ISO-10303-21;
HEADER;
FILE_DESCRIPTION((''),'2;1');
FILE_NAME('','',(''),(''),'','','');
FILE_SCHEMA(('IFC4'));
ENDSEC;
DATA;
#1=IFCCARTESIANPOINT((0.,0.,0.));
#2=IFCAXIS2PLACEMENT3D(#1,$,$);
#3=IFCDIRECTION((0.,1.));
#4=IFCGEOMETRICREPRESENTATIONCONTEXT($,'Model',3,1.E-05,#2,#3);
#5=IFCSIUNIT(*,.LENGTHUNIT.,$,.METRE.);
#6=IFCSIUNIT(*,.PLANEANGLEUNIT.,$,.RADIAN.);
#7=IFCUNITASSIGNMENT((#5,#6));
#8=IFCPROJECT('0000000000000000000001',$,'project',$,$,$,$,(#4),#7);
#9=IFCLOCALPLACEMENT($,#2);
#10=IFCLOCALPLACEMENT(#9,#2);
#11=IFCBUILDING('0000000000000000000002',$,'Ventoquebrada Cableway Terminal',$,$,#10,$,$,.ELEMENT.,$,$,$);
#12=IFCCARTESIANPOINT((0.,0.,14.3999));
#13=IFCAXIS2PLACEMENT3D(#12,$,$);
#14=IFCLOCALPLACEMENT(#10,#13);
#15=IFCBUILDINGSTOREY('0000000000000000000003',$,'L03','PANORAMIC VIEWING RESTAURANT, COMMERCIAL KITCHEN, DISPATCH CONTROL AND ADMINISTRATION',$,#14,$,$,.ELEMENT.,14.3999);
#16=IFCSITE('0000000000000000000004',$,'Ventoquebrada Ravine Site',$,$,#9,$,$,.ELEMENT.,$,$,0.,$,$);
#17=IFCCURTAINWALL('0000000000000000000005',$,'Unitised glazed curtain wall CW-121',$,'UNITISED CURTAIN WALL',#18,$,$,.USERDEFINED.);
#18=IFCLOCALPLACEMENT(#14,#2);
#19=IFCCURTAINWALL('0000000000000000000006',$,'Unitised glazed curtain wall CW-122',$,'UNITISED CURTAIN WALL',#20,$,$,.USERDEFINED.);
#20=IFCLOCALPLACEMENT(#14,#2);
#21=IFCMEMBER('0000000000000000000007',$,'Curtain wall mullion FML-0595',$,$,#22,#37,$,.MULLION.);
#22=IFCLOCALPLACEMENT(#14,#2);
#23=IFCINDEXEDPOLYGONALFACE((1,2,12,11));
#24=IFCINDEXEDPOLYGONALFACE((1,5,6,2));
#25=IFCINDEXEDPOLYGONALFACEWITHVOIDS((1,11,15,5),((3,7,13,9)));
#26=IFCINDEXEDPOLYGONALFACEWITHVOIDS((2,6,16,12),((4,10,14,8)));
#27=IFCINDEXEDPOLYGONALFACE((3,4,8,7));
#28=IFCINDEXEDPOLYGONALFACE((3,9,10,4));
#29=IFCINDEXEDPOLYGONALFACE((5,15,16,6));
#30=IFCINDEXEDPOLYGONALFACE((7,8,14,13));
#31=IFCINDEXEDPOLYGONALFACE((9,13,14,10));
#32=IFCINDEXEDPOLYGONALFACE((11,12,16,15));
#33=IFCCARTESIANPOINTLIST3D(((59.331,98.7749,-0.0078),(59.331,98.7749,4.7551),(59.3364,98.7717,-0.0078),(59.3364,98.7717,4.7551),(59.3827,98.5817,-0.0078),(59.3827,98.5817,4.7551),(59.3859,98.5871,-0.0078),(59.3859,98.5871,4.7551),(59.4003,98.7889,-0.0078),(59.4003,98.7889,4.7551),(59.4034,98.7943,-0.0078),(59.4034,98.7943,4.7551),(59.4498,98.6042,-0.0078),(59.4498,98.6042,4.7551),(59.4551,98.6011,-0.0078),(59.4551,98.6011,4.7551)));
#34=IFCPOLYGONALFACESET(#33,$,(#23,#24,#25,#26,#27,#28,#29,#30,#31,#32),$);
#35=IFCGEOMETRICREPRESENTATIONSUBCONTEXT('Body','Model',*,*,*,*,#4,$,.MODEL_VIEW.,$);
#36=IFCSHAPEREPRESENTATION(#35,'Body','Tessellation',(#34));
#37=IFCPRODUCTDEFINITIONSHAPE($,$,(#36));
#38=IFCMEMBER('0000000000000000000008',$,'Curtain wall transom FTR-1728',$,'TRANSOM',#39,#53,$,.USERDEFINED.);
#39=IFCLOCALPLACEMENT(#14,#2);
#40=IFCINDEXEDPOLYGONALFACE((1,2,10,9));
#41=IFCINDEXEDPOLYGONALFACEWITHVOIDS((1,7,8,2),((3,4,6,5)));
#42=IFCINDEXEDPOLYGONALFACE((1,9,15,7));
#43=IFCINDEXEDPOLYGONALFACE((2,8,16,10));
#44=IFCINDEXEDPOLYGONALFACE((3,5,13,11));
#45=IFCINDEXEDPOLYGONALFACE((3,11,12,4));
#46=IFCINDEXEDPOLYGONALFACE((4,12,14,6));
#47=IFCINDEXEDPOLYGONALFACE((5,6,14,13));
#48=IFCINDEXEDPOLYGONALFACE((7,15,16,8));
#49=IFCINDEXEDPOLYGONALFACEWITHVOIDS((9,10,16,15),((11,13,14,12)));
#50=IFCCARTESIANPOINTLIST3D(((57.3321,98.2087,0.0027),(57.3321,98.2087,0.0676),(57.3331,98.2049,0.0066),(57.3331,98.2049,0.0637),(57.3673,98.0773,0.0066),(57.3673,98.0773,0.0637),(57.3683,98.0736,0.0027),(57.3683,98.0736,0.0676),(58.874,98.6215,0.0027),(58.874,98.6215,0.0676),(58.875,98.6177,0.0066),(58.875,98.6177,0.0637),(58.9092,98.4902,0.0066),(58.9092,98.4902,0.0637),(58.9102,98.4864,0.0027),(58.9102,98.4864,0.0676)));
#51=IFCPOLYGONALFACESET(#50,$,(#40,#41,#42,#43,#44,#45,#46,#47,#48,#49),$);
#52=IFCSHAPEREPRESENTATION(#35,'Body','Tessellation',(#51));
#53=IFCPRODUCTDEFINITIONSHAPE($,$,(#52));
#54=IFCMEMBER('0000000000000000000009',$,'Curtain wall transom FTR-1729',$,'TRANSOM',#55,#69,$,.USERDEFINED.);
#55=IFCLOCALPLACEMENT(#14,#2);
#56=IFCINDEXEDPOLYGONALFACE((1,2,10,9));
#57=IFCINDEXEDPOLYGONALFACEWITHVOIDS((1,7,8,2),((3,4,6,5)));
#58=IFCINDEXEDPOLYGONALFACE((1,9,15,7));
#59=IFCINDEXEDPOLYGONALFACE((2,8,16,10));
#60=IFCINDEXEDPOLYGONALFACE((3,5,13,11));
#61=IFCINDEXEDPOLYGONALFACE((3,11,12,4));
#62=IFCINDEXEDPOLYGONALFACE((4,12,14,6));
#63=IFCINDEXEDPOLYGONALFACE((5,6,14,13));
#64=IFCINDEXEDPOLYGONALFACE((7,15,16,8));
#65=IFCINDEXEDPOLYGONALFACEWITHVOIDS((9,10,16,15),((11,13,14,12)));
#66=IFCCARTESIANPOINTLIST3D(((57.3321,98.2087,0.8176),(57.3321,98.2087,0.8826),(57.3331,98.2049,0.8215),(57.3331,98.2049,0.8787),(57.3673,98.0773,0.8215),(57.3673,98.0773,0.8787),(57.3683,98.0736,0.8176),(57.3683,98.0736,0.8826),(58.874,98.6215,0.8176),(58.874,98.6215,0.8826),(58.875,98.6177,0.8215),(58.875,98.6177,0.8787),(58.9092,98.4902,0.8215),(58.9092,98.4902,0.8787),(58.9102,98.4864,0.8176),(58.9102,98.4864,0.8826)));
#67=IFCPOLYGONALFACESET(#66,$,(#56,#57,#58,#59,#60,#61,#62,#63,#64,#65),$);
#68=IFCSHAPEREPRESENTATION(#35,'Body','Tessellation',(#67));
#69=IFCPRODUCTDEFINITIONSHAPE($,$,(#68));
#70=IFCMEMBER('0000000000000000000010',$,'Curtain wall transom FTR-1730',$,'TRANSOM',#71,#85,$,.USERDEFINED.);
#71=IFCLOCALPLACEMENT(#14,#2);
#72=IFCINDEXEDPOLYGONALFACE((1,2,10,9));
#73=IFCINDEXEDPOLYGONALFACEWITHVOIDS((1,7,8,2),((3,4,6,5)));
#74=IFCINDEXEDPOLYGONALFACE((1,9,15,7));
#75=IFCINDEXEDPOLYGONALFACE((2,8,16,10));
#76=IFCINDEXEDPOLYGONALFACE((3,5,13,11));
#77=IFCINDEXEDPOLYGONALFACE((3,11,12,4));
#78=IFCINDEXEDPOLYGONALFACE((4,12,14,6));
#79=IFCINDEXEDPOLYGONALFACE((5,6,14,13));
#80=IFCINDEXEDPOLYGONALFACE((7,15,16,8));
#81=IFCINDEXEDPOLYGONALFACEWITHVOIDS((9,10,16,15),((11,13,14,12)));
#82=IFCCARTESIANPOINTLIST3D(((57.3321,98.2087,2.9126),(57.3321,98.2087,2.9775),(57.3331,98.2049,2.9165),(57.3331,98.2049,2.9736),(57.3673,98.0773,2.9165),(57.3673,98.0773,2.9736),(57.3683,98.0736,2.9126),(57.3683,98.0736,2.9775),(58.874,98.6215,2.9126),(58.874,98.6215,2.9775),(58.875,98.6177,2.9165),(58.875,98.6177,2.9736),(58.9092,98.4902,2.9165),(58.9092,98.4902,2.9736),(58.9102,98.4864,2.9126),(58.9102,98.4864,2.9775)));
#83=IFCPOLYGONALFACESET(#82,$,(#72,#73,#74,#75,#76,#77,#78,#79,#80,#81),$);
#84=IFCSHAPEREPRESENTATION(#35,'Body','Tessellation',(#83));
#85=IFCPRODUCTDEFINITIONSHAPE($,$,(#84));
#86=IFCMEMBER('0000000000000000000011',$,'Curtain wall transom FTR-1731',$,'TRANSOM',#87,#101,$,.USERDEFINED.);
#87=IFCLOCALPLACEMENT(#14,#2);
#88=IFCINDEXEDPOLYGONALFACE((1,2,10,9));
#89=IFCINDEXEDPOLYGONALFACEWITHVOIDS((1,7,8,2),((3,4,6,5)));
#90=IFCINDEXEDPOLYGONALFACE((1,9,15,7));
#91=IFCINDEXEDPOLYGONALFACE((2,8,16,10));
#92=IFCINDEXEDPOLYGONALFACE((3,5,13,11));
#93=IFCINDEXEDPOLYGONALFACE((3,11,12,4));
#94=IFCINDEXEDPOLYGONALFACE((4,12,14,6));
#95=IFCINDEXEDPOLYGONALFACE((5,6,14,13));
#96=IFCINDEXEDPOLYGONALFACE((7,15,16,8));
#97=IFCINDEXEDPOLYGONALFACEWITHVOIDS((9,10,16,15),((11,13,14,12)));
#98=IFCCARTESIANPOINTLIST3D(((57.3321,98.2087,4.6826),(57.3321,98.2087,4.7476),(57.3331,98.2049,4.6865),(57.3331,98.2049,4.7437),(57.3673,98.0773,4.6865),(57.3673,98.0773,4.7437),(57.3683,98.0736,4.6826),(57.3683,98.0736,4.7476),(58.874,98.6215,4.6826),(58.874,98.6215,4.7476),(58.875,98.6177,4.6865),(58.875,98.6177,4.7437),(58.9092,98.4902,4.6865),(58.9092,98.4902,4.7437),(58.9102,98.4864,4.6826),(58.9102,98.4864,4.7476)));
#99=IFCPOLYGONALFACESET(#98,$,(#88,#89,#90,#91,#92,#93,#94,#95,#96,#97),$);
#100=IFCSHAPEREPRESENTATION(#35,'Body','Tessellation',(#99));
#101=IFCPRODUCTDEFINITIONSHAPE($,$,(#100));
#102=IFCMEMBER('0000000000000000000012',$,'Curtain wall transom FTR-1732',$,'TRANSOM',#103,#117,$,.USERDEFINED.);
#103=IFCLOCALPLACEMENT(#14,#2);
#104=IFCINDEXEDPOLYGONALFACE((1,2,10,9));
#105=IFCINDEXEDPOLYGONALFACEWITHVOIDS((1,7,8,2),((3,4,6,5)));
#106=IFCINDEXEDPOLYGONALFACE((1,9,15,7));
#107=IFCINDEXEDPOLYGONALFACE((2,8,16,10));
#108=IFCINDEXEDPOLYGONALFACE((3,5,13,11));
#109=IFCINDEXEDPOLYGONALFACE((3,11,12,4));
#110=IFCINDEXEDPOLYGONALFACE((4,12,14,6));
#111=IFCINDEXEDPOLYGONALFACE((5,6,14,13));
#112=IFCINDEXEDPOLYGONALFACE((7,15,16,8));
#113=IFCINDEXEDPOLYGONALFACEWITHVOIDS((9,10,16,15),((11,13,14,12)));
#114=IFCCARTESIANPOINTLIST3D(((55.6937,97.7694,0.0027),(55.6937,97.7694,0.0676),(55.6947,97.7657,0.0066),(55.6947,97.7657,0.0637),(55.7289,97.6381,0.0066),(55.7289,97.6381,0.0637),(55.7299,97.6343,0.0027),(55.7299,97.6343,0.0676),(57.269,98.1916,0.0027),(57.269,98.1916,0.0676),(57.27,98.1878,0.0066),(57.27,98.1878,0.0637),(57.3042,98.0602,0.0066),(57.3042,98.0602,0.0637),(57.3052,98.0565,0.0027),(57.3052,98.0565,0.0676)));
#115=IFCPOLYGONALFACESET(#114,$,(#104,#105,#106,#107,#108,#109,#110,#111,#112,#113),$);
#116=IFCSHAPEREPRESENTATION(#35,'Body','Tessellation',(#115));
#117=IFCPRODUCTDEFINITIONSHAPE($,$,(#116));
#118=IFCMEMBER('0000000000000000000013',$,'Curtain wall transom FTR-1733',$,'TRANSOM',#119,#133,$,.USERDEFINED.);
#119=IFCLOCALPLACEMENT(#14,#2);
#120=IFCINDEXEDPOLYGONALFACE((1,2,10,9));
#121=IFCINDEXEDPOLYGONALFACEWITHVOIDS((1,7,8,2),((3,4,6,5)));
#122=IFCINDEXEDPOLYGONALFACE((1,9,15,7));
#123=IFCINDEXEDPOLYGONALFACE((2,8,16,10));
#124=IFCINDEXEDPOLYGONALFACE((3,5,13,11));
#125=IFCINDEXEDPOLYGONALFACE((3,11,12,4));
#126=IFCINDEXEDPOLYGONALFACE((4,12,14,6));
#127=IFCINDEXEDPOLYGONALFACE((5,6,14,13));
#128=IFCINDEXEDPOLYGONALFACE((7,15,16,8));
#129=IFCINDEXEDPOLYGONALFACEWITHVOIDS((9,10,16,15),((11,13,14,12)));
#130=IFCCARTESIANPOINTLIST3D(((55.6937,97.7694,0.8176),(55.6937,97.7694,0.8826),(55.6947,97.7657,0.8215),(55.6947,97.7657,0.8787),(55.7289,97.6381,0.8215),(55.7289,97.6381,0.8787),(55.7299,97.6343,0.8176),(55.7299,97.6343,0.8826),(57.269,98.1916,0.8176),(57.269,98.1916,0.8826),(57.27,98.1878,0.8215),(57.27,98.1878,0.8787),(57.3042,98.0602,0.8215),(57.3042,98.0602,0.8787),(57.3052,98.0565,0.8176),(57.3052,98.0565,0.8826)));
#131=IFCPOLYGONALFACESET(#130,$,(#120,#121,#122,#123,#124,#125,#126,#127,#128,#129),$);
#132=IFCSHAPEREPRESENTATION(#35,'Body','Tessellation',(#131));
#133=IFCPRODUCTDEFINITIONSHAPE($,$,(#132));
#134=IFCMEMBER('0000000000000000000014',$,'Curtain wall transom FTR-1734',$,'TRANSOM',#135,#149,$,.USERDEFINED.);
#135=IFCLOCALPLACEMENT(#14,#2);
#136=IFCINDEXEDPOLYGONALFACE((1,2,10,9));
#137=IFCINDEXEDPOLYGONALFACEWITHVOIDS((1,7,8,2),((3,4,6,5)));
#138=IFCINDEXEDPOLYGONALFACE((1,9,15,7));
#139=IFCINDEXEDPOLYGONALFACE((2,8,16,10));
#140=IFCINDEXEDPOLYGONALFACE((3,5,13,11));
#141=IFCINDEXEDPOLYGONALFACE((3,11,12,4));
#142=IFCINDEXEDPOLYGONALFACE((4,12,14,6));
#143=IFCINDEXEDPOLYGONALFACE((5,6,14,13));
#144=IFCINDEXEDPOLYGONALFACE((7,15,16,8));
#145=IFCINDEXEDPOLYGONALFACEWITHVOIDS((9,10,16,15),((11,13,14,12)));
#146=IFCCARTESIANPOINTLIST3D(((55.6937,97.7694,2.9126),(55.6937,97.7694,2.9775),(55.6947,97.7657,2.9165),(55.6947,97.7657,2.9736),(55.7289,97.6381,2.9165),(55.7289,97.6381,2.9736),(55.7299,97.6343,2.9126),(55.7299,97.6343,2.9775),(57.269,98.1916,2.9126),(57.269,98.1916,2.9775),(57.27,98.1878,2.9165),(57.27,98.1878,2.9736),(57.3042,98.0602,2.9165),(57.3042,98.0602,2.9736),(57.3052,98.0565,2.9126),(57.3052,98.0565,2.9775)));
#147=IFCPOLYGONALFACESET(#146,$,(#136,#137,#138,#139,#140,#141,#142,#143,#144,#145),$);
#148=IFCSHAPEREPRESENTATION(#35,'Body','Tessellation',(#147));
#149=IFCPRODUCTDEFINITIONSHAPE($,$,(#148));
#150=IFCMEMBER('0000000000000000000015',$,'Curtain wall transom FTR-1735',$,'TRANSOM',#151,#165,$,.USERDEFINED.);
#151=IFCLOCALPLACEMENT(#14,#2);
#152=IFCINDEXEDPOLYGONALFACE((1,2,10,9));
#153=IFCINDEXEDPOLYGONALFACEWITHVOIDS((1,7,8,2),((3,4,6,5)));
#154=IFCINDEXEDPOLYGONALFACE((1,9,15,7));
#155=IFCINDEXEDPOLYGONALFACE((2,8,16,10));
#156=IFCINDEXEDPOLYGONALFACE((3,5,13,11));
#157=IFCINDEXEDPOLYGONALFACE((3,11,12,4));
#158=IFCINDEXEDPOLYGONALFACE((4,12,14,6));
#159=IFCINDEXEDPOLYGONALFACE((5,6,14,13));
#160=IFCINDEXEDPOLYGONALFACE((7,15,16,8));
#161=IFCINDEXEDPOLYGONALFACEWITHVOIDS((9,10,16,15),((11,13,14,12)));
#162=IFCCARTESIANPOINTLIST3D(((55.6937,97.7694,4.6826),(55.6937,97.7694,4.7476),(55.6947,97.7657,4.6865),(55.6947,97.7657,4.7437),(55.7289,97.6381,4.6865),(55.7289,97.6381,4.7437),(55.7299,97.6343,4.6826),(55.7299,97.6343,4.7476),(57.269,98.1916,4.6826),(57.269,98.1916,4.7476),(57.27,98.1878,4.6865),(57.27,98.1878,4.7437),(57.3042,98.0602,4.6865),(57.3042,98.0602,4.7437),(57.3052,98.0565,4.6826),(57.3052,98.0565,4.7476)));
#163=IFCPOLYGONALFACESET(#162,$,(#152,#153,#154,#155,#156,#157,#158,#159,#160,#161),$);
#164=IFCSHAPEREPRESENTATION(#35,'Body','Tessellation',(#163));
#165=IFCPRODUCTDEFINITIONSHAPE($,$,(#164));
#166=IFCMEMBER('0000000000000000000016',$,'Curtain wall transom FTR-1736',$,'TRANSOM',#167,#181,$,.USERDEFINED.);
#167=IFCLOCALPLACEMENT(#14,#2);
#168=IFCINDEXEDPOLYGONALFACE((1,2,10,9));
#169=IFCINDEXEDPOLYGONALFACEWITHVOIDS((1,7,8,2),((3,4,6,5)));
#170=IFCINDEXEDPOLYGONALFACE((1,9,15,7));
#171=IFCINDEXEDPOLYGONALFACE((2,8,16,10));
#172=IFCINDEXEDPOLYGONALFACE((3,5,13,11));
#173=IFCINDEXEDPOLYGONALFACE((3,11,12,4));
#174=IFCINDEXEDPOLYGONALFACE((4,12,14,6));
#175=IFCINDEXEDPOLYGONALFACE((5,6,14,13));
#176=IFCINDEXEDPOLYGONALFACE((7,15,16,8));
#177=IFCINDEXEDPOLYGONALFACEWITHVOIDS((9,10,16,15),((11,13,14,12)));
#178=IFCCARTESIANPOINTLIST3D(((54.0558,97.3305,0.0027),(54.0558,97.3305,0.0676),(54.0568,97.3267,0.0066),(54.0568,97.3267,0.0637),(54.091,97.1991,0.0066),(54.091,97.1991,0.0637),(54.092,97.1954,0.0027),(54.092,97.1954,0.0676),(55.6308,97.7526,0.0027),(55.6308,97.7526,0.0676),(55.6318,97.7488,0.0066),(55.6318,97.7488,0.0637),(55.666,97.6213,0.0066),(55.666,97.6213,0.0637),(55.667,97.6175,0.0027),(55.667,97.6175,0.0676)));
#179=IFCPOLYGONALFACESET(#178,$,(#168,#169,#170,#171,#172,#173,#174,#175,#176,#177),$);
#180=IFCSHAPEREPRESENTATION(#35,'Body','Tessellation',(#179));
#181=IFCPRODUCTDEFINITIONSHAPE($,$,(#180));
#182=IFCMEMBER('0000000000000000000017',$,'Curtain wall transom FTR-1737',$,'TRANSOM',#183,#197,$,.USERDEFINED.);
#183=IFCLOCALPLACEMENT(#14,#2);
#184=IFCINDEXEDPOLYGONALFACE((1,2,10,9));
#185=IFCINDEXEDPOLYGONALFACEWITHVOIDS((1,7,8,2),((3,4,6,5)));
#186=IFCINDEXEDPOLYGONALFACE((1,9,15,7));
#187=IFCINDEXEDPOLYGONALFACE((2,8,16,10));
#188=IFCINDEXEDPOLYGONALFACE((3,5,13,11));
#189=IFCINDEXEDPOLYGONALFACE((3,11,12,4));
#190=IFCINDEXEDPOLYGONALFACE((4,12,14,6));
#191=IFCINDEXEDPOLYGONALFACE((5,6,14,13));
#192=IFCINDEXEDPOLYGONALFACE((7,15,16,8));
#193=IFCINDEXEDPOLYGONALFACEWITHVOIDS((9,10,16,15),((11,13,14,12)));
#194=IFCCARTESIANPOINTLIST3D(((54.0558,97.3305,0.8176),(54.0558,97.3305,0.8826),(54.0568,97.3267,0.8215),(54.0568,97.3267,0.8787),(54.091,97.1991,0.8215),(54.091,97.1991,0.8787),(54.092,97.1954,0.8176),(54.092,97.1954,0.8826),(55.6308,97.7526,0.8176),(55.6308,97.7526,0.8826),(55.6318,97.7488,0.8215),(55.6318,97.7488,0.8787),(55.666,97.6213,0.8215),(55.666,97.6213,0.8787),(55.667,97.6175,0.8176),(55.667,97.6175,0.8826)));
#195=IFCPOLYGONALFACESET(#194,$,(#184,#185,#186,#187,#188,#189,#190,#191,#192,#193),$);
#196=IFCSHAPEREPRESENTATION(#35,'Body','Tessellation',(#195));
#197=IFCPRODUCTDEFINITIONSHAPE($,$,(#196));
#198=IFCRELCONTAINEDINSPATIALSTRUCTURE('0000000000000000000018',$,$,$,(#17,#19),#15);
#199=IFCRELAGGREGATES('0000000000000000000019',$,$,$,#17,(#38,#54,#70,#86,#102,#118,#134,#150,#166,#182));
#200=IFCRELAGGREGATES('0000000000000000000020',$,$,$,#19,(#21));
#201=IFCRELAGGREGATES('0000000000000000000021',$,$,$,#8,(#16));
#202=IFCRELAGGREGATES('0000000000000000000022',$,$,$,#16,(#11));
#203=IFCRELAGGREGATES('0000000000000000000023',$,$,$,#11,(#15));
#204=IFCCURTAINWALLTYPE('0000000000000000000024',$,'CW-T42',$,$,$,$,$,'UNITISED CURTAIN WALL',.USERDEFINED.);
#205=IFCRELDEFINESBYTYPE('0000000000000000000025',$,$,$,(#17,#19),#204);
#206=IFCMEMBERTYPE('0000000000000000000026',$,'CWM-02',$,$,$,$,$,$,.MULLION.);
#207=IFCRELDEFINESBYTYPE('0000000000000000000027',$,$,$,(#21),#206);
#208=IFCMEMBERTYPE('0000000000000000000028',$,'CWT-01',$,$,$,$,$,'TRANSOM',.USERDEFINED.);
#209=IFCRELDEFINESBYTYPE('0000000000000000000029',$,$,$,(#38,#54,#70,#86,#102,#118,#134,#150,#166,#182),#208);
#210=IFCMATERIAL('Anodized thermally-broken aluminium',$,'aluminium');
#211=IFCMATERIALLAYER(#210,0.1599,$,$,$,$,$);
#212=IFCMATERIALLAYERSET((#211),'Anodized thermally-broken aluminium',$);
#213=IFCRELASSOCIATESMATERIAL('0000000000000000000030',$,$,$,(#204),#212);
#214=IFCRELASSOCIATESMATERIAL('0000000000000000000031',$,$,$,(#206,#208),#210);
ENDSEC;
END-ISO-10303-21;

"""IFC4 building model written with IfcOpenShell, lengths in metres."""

from ifc_helpers import new_model, si_unit, direction, frame, origin, origin_2d, place, context, subcontext, project, spatial, hollow_rectangle, extrude, material, layer, layer_set, material_profile, profile_set, type_object, element, aggregate, save


model = new_model("IFC4")

# Units and contexts
model_context = context("Model", 3, precision=1e-05, world=origin(), true_north=direction((0.0, 1.0)))
body_context = subcontext(model_context, "Body", "Model", "MODEL_VIEW")
ifc_project = project(units=[si_unit("LENGTHUNIT", "METRE"), si_unit("PLANEANGLEUNIT", "RADIAN")], contexts=[model_context])

# Site, building, storey
site_placement = place(None, origin())
site = spatial("IfcSite", under=ifc_project, at=site_placement, Name="Ventoquebrada Ravine Site", CompositionType="ELEMENT", RefElevation=0.0)
building_placement = place(site_placement, origin())
building = spatial("IfcBuilding", under=site, at=building_placement, Name="Ventoquebrada Cableway Terminal", CompositionType="ELEMENT")
storey_placement = place(building_placement, frame((0.0, 0.0, 14.3999)))
storey = spatial("IfcBuildingStorey", under=building, at=storey_placement, Name="L03", Description="PANORAMIC VIEWING RESTAURANT, COMMERCIAL KITCHEN, DISPATCH CONTROL AND ADMINISTRATION", CompositionType="ELEMENT", Elevation=14.3999)

# Curtain wall
ifc_material_1 = material(Name="Anodized thermally-broken aluminium", Category="aluminium")
ifc_layer_1 = layer(ifc_material_1, 0.1599)
ifc_layer_set_1 = layer_set([ifc_layer_1], Name="Anodized thermally-broken aluminium")
curtain_wall_type = type_object("IfcCurtainWallType", Name="CW-T42", ElementType="UNITISED CURTAIN WALL", PredefinedType="USERDEFINED", material=ifc_layer_set_1)
curtain_wall_1_placement = place(storey_placement, origin())
curtain_wall_1 = element("IfcCurtainWall", 1, at=curtain_wall_1_placement, inside=storey, type_object=curtain_wall_type, Name="Unitised glazed curtain wall CW-121", ObjectType="UNITISED CURTAIN WALL", PredefinedType="USERDEFINED")
ifc_material_profile_1 = material_profile(ifc_material_1, hollow_rectangle(XDim=0.075, YDim=0.2, WallThickness=0.0044, at=origin_2d()), Name="CW-MUL-75X200")
ifc_profile_set_1 = profile_set([ifc_material_profile_1], Name="Anodized thermally-broken aluminium")
member_type_1 = type_object("IfcMemberType", Name="CWM-02", PredefinedType="MULLION", material=ifc_profile_set_1)

# Curtain wall, member
curtain_wall_2_placement = place(storey_placement, origin())
curtain_wall_2 = element("IfcCurtainWall", 2, at=curtain_wall_2_placement, inside=storey, type_object=curtain_wall_type, Name="Unitised glazed curtain wall CW-122", ObjectType="UNITISED CURTAIN WALL", PredefinedType="USERDEFINED")
member_1_placement = place(storey_placement, frame((59.3931, 98.688, -0.0078), z_axis=(0.0, 0.0, 1.0), x_axis=(-0.965921, -0.258836, 0.0)))
member_1 = element("IfcMember", 3, at=member_1_placement, type_object=member_type_1, Name="Curtain wall mullion FML-0595", PredefinedType="MULLION", context=body_context, shape_type="SweptSolid", body=[
    extrude(hollow_rectangle(XDim=0.075, YDim=0.2, WallThickness=0.0044, at=origin_2d()), origin(), (0.0, 0.0, 1.0), 4.7629),
])

# Members
ifc_material_profile_2 = material_profile(ifc_material_1, hollow_rectangle(XDim=0.0649, YDim=0.1399, WallThickness=0.0039, at=origin_2d()), Name="CW-TRN-65X140")
ifc_profile_set_2 = profile_set([ifc_material_profile_2], Name="Anodized thermally-broken aluminium")
member_type_2 = type_object("IfcMemberType", Name="CWT-01", ElementType="TRANSOM", PredefinedType="USERDEFINED", material=ifc_profile_set_2)
member_2_placement = place(storey_placement, frame((58.8921, 98.554, 0.0352), z_axis=(-0.965978, -0.258624, 0.0), x_axis=(0.0, 0.0, 1.0)))
member_2 = element("IfcMember", 4, at=member_2_placement, type_object=member_type_2, Name="Curtain wall transom FTR-1728", ObjectType="TRANSOM", PredefinedType="USERDEFINED", context=body_context, shape_type="SweptSolid", body=[
    extrude(hollow_rectangle(XDim=0.0649, YDim=0.1399, WallThickness=0.0039, at=origin_2d()), origin(), (0.0, 0.0, 1.0), 1.5962),
])
member_3_placement = place(storey_placement, frame((58.8921, 98.554, 0.8501), z_axis=(-0.965978, -0.258624, 0.0), x_axis=(0.0, 0.0, 1.0)))
member_3 = element("IfcMember", 5, at=member_3_placement, type_object=member_type_2, Name="Curtain wall transom FTR-1729", ObjectType="TRANSOM", PredefinedType="USERDEFINED", context=body_context, shape_type="SweptSolid", body=[
    extrude(hollow_rectangle(XDim=0.0649, YDim=0.1399, WallThickness=0.0039, at=origin_2d()), origin(), (0.0, 0.0, 1.0), 1.5962),
])
member_4_placement = place(storey_placement, frame((58.8921, 98.554, 2.9451), z_axis=(-0.965978, -0.258624, 0.0), x_axis=(0.0, 0.0, 1.0)))
member_4 = element("IfcMember", 6, at=member_4_placement, type_object=member_type_2, Name="Curtain wall transom FTR-1730", ObjectType="TRANSOM", PredefinedType="USERDEFINED", context=body_context, shape_type="SweptSolid", body=[
    extrude(hollow_rectangle(XDim=0.0649, YDim=0.1399, WallThickness=0.0039, at=origin_2d()), origin(), (0.0, 0.0, 1.0), 1.5962),
])
member_5_placement = place(storey_placement, frame((58.8921, 98.554, 4.7151), z_axis=(-0.965978, -0.258624, 0.0), x_axis=(0.0, 0.0, 1.0)))
member_5 = element("IfcMember", 7, at=member_5_placement, type_object=member_type_2, Name="Curtain wall transom FTR-1731", ObjectType="TRANSOM", PredefinedType="USERDEFINED", context=body_context, shape_type="SweptSolid", body=[
    extrude(hollow_rectangle(XDim=0.0649, YDim=0.1399, WallThickness=0.0039, at=origin_2d()), origin(), (0.0, 0.0, 1.0), 1.5962),
])
member_6_placement = place(storey_placement, frame((57.2871, 98.124, 0.0352), z_axis=(-0.965919, -0.258846, 0.0), x_axis=(0.0, 0.0, 1.0)))
member_6 = element("IfcMember", 8, at=member_6_placement, type_object=member_type_2, Name="Curtain wall transom FTR-1732", ObjectType="TRANSOM", PredefinedType="USERDEFINED", context=body_context, shape_type="SweptSolid", body=[
    extrude(hollow_rectangle(XDim=0.0649, YDim=0.1399, WallThickness=0.0039, at=origin_2d()), origin(), (0.0, 0.0, 1.0), 1.6309),
])
member_7_placement = place(storey_placement, frame((57.2871, 98.124, 0.8501), z_axis=(-0.965919, -0.258846, 0.0), x_axis=(0.0, 0.0, 1.0)))
member_7 = element("IfcMember", 9, at=member_7_placement, type_object=member_type_2, Name="Curtain wall transom FTR-1733", ObjectType="TRANSOM", PredefinedType="USERDEFINED", context=body_context, shape_type="SweptSolid", body=[
    extrude(hollow_rectangle(XDim=0.0649, YDim=0.1399, WallThickness=0.0039, at=origin_2d()), origin(), (0.0, 0.0, 1.0), 1.6309),
])
member_8_placement = place(storey_placement, frame((57.2871, 98.124, 2.9451), z_axis=(-0.965919, -0.258846, 0.0), x_axis=(0.0, 0.0, 1.0)))
member_8 = element("IfcMember", 10, at=member_8_placement, type_object=member_type_2, Name="Curtain wall transom FTR-1734", ObjectType="TRANSOM", PredefinedType="USERDEFINED", context=body_context, shape_type="SweptSolid", body=[
    extrude(hollow_rectangle(XDim=0.0649, YDim=0.1399, WallThickness=0.0039, at=origin_2d()), origin(), (0.0, 0.0, 1.0), 1.6309),
])
member_9_placement = place(storey_placement, frame((57.2871, 98.124, 4.7151), z_axis=(-0.965919, -0.258846, 0.0), x_axis=(0.0, 0.0, 1.0)))
member_9 = element("IfcMember", 11, at=member_9_placement, type_object=member_type_2, Name="Curtain wall transom FTR-1735", ObjectType="TRANSOM", PredefinedType="USERDEFINED", context=body_context, shape_type="SweptSolid", body=[
    extrude(hollow_rectangle(XDim=0.0649, YDim=0.1399, WallThickness=0.0039, at=origin_2d()), origin(), (0.0, 0.0, 1.0), 1.6309),
])
member_10_placement = place(storey_placement, frame((55.6489, 97.6851, 0.0352), z_axis=(-0.965909, -0.258883, 0.0), x_axis=(0.0, 0.0, 1.0)))
member_10 = element("IfcMember", 12, at=member_10_placement, type_object=member_type_2, Name="Curtain wall transom FTR-1736", ObjectType="TRANSOM", PredefinedType="USERDEFINED", context=body_context, shape_type="SweptSolid", body=[
    extrude(hollow_rectangle(XDim=0.0649, YDim=0.1399, WallThickness=0.0039, at=origin_2d()), origin(), (0.0, 0.0, 1.0), 1.6306),
])
member_11_placement = place(storey_placement, frame((55.6489, 97.6851, 0.8501), z_axis=(-0.965909, -0.258883, 0.0), x_axis=(0.0, 0.0, 1.0)))
member_11 = element("IfcMember", 13, at=member_11_placement, type_object=member_type_2, Name="Curtain wall transom FTR-1737", ObjectType="TRANSOM", PredefinedType="USERDEFINED", context=body_context, shape_type="SweptSolid", body=[
    extrude(hollow_rectangle(XDim=0.0649, YDim=0.1399, WallThickness=0.0039, at=origin_2d()), origin(), (0.0, 0.0, 1.0), 1.6306),
])

aggregate(curtain_wall_1, [member_2, member_3, member_4, member_5, member_6, member_7, member_8, member_9, member_10, member_11])
aggregate(curtain_wall_2, [member_1])

save(model, "model.ifc")
